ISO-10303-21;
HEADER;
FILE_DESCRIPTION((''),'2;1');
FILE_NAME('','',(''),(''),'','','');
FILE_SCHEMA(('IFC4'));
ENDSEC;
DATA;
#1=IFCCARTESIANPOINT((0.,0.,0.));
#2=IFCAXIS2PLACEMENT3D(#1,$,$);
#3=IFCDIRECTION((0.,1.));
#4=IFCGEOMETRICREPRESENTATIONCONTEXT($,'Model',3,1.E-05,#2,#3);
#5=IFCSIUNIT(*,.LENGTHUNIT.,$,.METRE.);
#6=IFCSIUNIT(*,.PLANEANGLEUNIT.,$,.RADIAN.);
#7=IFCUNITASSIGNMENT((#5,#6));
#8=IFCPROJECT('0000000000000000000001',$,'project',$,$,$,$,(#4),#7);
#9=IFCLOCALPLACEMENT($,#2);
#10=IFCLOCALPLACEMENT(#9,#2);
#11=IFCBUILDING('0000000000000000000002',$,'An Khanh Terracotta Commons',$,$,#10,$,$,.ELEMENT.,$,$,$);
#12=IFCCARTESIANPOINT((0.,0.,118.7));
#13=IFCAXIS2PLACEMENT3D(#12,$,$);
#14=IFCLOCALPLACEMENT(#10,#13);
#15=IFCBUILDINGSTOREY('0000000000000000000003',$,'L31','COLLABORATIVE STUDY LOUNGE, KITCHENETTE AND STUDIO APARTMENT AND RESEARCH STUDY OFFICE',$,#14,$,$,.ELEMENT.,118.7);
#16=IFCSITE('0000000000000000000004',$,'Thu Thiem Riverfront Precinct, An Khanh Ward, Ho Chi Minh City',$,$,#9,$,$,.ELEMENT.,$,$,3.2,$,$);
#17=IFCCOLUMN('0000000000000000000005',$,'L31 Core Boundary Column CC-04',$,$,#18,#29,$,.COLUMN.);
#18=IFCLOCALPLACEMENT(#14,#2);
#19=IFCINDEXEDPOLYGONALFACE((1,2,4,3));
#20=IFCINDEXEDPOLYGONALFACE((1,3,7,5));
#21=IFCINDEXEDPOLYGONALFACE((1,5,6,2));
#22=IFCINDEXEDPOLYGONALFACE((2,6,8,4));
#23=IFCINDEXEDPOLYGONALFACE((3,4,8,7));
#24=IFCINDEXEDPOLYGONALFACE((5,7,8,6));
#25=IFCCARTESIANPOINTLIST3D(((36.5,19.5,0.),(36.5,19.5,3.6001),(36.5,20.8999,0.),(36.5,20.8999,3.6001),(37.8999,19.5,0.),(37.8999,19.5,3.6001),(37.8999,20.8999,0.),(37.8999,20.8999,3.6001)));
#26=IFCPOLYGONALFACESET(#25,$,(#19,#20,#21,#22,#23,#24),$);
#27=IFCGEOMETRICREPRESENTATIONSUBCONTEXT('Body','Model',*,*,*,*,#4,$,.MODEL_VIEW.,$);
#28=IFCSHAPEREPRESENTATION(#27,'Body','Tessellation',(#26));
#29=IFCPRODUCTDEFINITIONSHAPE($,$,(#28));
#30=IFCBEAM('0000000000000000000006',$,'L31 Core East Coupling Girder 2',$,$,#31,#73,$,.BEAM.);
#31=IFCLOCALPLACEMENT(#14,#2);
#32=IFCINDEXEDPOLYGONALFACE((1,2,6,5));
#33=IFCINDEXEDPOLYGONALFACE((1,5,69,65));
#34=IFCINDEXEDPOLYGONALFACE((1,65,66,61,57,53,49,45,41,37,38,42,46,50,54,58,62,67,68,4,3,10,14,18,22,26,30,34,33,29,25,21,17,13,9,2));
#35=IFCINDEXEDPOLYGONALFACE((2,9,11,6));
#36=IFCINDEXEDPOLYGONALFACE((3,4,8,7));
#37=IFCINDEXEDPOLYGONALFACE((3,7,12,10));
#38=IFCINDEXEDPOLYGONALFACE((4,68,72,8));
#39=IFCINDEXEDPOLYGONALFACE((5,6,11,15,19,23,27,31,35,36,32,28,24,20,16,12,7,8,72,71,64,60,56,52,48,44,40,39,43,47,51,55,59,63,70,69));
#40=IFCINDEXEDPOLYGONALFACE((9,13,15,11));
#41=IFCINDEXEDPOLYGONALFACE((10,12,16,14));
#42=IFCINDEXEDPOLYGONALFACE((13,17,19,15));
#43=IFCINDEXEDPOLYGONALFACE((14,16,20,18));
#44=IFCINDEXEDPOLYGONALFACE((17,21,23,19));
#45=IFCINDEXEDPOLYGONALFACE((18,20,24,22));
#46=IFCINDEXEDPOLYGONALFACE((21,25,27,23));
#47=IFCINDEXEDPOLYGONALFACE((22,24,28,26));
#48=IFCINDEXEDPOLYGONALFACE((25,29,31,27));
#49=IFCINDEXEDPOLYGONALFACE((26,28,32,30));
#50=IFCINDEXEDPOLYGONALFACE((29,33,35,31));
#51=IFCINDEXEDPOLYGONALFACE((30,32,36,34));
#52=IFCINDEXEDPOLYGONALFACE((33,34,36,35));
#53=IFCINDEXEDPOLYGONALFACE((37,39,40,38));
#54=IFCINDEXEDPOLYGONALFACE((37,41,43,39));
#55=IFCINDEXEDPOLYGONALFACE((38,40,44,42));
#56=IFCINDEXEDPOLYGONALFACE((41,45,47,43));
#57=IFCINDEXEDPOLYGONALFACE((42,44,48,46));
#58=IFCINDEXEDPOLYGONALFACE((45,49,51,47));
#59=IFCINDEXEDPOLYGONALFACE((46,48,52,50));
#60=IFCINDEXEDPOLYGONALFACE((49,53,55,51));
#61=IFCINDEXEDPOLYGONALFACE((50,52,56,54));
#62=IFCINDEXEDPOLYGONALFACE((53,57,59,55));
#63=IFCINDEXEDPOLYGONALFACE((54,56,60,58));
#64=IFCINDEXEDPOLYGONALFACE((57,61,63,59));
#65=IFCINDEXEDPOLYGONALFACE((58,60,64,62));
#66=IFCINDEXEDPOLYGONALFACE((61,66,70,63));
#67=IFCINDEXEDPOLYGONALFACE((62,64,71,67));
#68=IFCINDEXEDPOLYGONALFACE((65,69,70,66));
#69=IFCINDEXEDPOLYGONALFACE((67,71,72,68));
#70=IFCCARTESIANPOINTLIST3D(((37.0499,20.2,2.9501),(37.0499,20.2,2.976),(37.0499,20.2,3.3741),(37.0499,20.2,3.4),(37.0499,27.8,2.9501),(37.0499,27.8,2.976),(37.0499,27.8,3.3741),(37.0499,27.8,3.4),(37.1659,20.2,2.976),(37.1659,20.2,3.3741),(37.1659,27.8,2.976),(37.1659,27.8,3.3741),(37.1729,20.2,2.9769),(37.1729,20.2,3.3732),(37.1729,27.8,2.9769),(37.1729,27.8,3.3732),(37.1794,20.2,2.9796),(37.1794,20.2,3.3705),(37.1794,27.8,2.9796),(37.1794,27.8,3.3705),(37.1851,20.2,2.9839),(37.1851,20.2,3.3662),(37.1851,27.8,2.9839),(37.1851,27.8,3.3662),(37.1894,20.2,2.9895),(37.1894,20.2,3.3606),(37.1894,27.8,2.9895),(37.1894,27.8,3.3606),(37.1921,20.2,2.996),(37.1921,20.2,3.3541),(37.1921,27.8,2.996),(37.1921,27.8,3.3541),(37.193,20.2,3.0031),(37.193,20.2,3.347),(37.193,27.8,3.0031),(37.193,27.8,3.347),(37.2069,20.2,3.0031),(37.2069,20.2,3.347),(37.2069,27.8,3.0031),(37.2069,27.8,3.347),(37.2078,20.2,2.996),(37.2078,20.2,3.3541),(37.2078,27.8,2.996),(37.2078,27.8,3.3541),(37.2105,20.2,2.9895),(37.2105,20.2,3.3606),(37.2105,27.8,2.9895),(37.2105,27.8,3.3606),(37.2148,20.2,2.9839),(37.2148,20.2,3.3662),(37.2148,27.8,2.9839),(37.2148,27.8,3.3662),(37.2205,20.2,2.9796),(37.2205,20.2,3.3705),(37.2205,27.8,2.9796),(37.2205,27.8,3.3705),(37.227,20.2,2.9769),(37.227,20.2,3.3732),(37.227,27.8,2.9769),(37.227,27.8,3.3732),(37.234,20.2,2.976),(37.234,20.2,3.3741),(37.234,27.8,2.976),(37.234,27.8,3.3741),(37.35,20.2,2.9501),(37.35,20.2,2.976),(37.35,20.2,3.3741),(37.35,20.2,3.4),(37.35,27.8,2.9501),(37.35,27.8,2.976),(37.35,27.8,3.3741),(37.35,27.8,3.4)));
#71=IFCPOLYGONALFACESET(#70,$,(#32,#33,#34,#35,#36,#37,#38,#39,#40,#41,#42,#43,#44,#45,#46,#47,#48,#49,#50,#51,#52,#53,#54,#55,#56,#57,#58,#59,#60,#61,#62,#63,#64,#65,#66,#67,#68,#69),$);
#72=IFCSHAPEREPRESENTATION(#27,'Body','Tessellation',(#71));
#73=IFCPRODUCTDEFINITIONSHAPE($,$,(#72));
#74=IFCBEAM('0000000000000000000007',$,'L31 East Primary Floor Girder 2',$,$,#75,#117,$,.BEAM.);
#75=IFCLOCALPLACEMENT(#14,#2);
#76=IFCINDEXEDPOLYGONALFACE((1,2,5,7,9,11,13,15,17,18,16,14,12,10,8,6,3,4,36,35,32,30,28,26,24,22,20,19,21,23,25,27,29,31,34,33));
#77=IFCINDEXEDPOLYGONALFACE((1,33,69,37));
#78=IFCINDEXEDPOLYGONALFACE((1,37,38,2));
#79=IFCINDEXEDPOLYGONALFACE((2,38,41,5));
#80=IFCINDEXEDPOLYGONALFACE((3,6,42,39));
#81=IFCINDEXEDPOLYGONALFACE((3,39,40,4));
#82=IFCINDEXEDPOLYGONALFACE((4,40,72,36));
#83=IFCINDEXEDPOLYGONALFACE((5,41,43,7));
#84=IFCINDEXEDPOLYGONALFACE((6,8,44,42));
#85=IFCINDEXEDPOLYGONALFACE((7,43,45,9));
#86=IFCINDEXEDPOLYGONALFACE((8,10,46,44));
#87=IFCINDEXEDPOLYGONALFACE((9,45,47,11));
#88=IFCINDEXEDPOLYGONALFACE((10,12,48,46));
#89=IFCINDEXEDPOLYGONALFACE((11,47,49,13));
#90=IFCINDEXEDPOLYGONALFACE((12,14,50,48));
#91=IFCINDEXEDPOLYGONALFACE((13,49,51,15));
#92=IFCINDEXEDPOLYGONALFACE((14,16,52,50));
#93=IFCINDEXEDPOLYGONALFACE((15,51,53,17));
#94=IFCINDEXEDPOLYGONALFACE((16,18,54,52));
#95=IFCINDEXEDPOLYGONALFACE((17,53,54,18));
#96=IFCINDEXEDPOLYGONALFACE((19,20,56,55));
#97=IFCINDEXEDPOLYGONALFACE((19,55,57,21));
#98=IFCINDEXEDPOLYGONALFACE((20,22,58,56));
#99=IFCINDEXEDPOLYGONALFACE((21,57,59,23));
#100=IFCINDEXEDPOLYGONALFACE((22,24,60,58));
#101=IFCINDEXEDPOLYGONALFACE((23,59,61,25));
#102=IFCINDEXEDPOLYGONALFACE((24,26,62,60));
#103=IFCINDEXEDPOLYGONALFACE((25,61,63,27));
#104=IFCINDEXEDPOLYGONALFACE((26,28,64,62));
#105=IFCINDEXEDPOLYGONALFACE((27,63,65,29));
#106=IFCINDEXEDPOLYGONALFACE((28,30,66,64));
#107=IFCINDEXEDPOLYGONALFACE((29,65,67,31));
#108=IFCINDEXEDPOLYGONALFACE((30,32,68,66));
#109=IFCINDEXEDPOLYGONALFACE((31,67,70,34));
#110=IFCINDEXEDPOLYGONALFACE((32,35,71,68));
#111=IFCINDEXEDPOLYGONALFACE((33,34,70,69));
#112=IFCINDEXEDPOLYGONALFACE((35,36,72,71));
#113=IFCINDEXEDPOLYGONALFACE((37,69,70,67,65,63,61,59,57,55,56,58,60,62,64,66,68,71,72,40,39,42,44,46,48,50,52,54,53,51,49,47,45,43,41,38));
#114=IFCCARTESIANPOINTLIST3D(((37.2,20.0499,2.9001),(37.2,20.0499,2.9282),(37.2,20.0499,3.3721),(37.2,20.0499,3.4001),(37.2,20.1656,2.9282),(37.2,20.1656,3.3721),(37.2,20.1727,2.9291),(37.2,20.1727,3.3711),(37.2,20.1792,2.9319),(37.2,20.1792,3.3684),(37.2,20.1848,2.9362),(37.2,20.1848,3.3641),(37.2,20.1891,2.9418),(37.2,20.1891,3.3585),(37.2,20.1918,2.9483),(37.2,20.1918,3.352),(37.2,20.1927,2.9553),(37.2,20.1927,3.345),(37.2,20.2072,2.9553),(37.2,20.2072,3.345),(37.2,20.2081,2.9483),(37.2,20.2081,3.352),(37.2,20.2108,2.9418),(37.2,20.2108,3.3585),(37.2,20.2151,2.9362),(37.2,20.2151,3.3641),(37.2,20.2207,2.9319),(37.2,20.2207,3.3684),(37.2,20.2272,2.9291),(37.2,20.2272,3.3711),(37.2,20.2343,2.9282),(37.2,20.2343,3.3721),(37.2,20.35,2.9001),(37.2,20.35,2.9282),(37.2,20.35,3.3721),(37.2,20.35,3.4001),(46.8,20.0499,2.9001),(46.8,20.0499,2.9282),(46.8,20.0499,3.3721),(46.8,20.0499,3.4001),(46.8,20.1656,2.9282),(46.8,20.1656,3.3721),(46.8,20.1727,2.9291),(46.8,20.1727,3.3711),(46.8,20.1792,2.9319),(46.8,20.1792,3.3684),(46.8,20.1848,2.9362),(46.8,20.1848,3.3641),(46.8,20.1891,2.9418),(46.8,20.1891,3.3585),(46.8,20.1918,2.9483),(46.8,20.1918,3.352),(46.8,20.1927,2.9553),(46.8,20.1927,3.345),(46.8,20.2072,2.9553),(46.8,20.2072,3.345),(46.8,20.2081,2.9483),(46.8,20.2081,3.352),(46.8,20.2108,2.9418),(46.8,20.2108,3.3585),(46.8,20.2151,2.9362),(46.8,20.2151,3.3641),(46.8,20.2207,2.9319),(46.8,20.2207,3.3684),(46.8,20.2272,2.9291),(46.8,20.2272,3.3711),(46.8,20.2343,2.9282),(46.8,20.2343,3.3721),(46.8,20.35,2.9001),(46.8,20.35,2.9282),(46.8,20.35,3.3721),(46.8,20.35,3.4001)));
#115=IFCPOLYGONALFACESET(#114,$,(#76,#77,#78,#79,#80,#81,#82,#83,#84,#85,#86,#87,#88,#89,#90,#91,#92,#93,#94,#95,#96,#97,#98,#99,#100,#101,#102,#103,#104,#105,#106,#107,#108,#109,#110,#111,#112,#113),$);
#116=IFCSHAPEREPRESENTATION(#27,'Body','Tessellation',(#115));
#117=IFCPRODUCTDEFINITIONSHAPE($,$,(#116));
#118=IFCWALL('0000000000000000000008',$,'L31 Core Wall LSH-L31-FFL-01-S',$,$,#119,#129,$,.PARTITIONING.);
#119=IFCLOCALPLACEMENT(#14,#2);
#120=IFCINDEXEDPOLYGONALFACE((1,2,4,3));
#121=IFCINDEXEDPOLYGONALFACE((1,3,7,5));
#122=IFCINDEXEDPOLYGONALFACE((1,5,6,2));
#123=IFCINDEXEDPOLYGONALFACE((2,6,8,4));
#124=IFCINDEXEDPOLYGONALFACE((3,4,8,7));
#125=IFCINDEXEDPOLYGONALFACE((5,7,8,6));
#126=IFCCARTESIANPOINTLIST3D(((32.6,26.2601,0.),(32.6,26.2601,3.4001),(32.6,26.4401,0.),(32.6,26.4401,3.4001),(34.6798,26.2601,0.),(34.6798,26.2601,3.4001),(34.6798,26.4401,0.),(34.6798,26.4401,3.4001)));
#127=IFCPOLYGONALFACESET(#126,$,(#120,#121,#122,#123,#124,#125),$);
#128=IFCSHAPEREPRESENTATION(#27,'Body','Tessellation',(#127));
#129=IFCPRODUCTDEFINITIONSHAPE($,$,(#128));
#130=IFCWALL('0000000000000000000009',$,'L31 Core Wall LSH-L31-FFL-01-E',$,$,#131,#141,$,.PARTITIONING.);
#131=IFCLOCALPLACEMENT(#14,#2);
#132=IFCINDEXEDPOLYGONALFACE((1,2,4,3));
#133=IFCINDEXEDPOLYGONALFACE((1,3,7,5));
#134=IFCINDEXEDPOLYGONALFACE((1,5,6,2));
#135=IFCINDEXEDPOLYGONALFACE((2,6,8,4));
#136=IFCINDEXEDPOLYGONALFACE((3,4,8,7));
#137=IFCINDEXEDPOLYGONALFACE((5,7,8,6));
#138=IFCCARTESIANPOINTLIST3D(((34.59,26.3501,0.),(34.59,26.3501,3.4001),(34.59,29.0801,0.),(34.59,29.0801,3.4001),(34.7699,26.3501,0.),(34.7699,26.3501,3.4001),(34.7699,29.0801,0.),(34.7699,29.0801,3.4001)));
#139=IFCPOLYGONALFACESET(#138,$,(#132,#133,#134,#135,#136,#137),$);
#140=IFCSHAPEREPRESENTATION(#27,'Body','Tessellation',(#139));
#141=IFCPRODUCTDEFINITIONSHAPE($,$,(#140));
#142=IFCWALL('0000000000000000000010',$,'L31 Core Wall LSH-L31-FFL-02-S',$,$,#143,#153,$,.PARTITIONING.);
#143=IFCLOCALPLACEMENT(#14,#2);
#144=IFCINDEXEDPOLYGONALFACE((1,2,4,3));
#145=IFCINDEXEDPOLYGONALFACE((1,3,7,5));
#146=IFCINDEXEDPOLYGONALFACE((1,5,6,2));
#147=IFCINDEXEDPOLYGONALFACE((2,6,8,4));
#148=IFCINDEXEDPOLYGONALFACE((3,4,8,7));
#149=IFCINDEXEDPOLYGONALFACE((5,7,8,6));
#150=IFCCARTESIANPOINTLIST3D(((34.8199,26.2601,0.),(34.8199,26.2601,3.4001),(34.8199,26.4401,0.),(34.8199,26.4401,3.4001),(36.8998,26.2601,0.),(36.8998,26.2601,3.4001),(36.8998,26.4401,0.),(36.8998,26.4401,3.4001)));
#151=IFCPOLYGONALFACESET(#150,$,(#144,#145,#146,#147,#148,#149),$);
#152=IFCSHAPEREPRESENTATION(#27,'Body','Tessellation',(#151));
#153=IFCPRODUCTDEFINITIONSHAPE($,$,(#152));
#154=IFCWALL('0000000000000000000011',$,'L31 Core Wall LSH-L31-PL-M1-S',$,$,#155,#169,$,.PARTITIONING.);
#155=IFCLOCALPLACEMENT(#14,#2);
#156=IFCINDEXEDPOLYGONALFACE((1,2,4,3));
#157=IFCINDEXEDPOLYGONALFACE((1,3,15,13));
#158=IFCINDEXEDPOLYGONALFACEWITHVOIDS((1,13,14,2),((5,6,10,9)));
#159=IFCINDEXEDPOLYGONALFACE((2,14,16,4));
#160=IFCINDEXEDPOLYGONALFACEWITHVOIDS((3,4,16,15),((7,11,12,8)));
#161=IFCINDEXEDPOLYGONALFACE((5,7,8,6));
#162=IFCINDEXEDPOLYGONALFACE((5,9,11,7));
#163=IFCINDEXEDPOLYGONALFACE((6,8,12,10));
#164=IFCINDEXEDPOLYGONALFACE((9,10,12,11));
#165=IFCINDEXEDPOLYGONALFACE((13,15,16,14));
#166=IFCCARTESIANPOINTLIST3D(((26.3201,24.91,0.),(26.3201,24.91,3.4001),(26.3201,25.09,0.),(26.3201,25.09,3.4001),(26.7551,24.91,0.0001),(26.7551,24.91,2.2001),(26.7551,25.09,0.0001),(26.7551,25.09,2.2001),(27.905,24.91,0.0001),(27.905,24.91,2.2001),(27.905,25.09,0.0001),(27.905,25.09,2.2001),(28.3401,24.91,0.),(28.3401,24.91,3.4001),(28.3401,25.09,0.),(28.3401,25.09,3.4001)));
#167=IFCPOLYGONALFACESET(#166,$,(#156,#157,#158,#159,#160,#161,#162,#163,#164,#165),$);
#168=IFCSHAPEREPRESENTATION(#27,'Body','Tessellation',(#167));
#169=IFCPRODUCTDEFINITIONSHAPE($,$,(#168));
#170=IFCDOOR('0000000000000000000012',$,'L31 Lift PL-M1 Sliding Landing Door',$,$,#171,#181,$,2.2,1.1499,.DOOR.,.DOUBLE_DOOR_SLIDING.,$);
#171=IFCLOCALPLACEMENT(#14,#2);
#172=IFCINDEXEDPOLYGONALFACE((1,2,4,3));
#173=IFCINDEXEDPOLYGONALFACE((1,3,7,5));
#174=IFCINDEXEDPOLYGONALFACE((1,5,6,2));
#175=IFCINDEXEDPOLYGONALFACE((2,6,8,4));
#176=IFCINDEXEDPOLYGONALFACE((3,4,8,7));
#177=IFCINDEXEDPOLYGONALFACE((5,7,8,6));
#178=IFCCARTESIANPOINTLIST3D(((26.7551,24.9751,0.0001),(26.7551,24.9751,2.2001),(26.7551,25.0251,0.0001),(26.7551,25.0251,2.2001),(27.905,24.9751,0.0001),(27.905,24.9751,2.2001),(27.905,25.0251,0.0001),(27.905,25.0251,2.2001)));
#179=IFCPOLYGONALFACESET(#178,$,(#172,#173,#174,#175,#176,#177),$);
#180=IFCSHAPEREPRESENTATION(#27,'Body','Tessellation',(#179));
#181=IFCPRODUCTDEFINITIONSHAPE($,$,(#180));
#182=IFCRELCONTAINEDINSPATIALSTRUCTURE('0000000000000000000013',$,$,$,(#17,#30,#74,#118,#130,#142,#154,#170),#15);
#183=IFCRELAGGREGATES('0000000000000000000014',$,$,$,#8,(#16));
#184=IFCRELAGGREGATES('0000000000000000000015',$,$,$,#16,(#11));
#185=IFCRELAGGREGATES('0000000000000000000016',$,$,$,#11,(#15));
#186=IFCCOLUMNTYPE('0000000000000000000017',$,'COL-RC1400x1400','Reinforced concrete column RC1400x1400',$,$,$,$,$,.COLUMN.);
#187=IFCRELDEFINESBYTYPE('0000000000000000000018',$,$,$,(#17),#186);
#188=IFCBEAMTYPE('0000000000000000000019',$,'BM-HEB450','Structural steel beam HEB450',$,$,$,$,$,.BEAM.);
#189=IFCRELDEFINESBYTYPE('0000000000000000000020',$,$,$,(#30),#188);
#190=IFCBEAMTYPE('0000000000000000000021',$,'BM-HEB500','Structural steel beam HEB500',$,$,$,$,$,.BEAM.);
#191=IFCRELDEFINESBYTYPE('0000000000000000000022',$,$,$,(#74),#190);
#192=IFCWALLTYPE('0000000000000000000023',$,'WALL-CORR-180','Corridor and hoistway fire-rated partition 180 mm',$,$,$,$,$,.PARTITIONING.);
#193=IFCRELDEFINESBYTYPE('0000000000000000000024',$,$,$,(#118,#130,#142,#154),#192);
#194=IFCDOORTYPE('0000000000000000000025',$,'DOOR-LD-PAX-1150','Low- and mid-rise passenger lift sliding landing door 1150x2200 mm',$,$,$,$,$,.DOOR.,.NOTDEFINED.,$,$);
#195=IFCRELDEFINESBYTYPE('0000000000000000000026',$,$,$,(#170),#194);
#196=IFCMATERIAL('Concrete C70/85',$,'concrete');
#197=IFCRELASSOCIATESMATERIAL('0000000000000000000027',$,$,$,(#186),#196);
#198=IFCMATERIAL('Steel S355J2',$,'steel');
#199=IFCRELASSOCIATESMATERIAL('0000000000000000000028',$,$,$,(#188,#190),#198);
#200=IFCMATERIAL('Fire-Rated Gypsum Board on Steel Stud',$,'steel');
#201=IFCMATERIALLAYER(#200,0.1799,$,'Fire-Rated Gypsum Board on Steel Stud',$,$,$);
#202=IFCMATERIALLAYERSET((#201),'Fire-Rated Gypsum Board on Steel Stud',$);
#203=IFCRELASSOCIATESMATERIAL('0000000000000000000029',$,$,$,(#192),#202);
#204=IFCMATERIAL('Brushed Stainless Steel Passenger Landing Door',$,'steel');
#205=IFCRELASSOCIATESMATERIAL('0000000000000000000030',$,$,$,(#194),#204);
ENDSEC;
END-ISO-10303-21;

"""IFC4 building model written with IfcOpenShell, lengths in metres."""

from ifc_helpers import new_model, si_unit, direction, frame, frame_2d, origin, origin_2d, place, context, subcontext, project, spatial, rectangle, i_section, extrude, material, layer, layer_set, material_profile, profile_set, type_object, element, fill, save


model = new_model("IFC4")

# Units and contexts
model_context = context("Model", 3, precision=1e-05, world=origin(), true_north=direction((0.0, 1.0)))
body_context = subcontext(model_context, "Body", "Model", "MODEL_VIEW")
ifc_project = project(units=[si_unit("LENGTHUNIT", "METRE"), si_unit("PLANEANGLEUNIT", "RADIAN")], contexts=[model_context])

# Site, building, storey
site_placement = place(None, origin())
site = spatial("IfcSite", under=ifc_project, at=site_placement, Name="Thu Thiem Riverfront Precinct, An Khanh Ward, Ho Chi Minh City", CompositionType="ELEMENT", RefElevation=3.2)
building_placement = place(site_placement, origin())
building = spatial("IfcBuilding", under=site, at=building_placement, Name="An Khanh Terracotta Commons", CompositionType="ELEMENT")
storey_placement = place(building_placement, frame((0.0, 0.0, 118.7)))
storey = spatial("IfcBuildingStorey", under=building, at=storey_placement, Name="L31", Description="COLLABORATIVE STUDY LOUNGE, KITCHENETTE AND STUDIO APARTMENT AND RESEARCH STUDY OFFICE", CompositionType="ELEMENT", Elevation=118.7)

# Column
ifc_material_1 = material(Name="Concrete C70/85", Category="concrete")
ifc_material_profile_1 = material_profile(ifc_material_1, rectangle(XDim=1.3999, YDim=1.3999, at=origin_2d()), Name="RC1400x1400")
ifc_profile_set_1 = profile_set([ifc_material_profile_1], Name="Concrete C70/85")
column_type = type_object("IfcColumnType", Name="COL-RC1400x1400", Description="Reinforced concrete column RC1400x1400", PredefinedType="COLUMN", material=ifc_profile_set_1)
column_placement = place(storey_placement, frame((37.2, 20.2, 0.0), z_axis=(0.0, 0.0, 1.0), x_axis=(1.0, 0.0, 0.0)))
element("IfcColumn", 1, at=column_placement, inside=storey, type_object=column_type, Name="L31 Core Boundary Column CC-04", PredefinedType="COLUMN", context=body_context, shape_type="SweptSolid", body=[
    extrude(rectangle(XDim=1.3999, YDim=1.3999, at=origin_2d()), origin(), (0.0, 0.0, 1.0), 3.6001),
])

# Beams
ifc_material_2 = material(Name="Steel S355J2", Category="steel")
ifc_material_profile_2 = material_profile(ifc_material_2, i_section(OverallWidth=0.3, OverallDepth=0.45, WebThickness=0.0139, FlangeThickness=0.0259, FilletRadius=0.0271, at=origin_2d()), Name="HEB450")
ifc_profile_set_2 = profile_set([ifc_material_profile_2], Name="Steel S355J2")
beam_type_1 = type_object("IfcBeamType", Name="BM-HEB450", Description="Structural steel beam HEB450", PredefinedType="BEAM", material=ifc_profile_set_2)
beam_1_placement = place(storey_placement, frame((37.2, 20.2, 3.175), z_axis=(0.0, 1.0, 0.0), x_axis=(-1.0, 0.0, 0.0)))
element("IfcBeam", 2, at=beam_1_placement, inside=storey, type_object=beam_type_1, Name="L31 Core East Coupling Girder 2", PredefinedType="BEAM", context=body_context, shape_type="SweptSolid", body=[
    extrude(i_section(OverallWidth=0.3, OverallDepth=0.45, WebThickness=0.0139, FlangeThickness=0.0259, FilletRadius=0.0271, at=origin_2d()), origin(), (0.0, 0.0, 1.0), 7.6001),
])
ifc_material_profile_3 = material_profile(ifc_material_2, i_section(OverallWidth=0.3, OverallDepth=0.5, WebThickness=0.0144, FlangeThickness=0.0281, FilletRadius=0.0271, at=origin_2d()), Name="HEB500")
ifc_profile_set_3 = profile_set([ifc_material_profile_3], Name="Steel S355J2")
beam_type_2 = type_object("IfcBeamType", Name="BM-HEB500", Description="Structural steel beam HEB500", PredefinedType="BEAM", material=ifc_profile_set_3)
beam_2_placement = place(storey_placement, frame((37.2, 20.2, 3.1501), z_axis=(1.0, 0.0, 0.0), x_axis=(0.0, 1.0, 0.0)))
element("IfcBeam", 3, at=beam_2_placement, inside=storey, type_object=beam_type_2, Name="L31 East Primary Floor Girder 2", PredefinedType="BEAM", context=body_context, shape_type="SweptSolid", body=[
    extrude(i_section(OverallWidth=0.3, OverallDepth=0.5, WebThickness=0.0144, FlangeThickness=0.0281, FilletRadius=0.0271, at=origin_2d()), origin(), (0.0, 0.0, 1.0), 9.6001),
])

# Walls
ifc_material_3 = material(Name="Fire-Rated Gypsum Board on Steel Stud", Category="steel")
ifc_layer = layer(ifc_material_3, 0.1799, Name="Fire-Rated Gypsum Board on Steel Stud")
ifc_layer_set = layer_set([ifc_layer], Name="Fire-Rated Gypsum Board on Steel Stud")
wall_type = type_object("IfcWallType", Name="WALL-CORR-180", Description="Corridor and hoistway fire-rated partition 180 mm", PredefinedType="PARTITIONING", material=ifc_layer_set)
wall_1_placement = place(storey_placement, frame((34.6799, 26.3501, 0.0), z_axis=(0.0, 0.0, 1.0), x_axis=(-1.0, 0.0, 0.0)))
element("IfcWall", 4, at=wall_1_placement, inside=storey, type_object=wall_type, Name="L31 Core Wall LSH-L31-FFL-01-S", PredefinedType="PARTITIONING", context=body_context, shape_type="SweptSolid", body=[
    extrude(rectangle(XDim=2.0798, YDim=0.1799, at=frame_2d((1.04, 0.0))), origin(), (0.0, 0.0, 1.0), 3.4001),
])
wall_2_placement = place(storey_placement, frame((34.6799, 26.3501, 0.0), z_axis=(0.0, 0.0, 1.0), x_axis=(0.0, 1.0, 0.0)))
element("IfcWall", 5, at=wall_2_placement, inside=storey, type_object=wall_type, Name="L31 Core Wall LSH-L31-FFL-01-E", PredefinedType="PARTITIONING", context=body_context, shape_type="SweptSolid", body=[
    extrude(rectangle(XDim=2.73, YDim=0.1799, at=frame_2d((1.365, 0.0))), origin(), (0.0, 0.0, 1.0), 3.4001),
])
wall_3_placement = place(storey_placement, frame((36.8999, 26.3501, 0.0), z_axis=(0.0, 0.0, 1.0), x_axis=(-1.0, 0.0, 0.0)))
element("IfcWall", 6, at=wall_3_placement, inside=storey, type_object=wall_type, Name="L31 Core Wall LSH-L31-FFL-02-S", PredefinedType="PARTITIONING", context=body_context, shape_type="SweptSolid", body=[
    extrude(rectangle(XDim=2.0798, YDim=0.1799, at=frame_2d((1.04, 0.0))), origin(), (0.0, 0.0, 1.0), 3.4001),
])

# Wall, opening, door
wall_4_placement = place(storey_placement, frame((28.3401, 25.0, 0.0), z_axis=(0.0, 0.0, 1.0), x_axis=(-1.0, 0.0, 0.0)))
wall_4 = element("IfcWall", 7, at=wall_4_placement, inside=storey, type_object=wall_type, Name="L31 Core Wall LSH-L31-PL-M1-S", PredefinedType="PARTITIONING", context=body_context, shape_type="SweptSolid", body=[
    extrude(rectangle(XDim=2.02, YDim=0.1799, at=frame_2d((1.01, 0.0))), origin(), (0.0, 0.0, 1.0), 3.4001),
])
opening_1_placement = place(wall_4_placement, frame((0.4351, 0.0, 0.0)))
opening_1 = element("IfcOpeningElement", 8, at=opening_1_placement, cuts=wall_4, PredefinedType="OPENING", context=body_context, shape_type="SweptSolid", body=[
    extrude(rectangle(XDim=1.1499, YDim=2.2, at=frame_2d((0.575, 1.1001))), frame((0.0, 0.0999, 0.0), z_axis=(0.0, -1.0, 0.0), x_axis=(1.0, 0.0, 0.0)), (0.0, 0.0, 1.0), 0.2),
])
ifc_material_4 = material(Name="Brushed Stainless Steel Passenger Landing Door", Category="steel")
door_type = type_object("IfcDoorType", Name="DOOR-LD-PAX-1150", Description="Low- and mid-rise passenger lift sliding landing door 1150x2200 mm", OperationType="NOTDEFINED", PredefinedType="DOOR", material=ifc_material_4)
door_1_placement = place(opening_1_placement, origin())
door_1 = element("IfcDoor", 9, at=door_1_placement, inside=storey, type_object=door_type, Name="L31 Lift PL-M1 Sliding Landing Door", OperationType="DOUBLE_DOOR_SLIDING", OverallHeight=2.2, OverallWidth=1.1499, PredefinedType="DOOR", context=body_context, shape_type="SweptSolid", body=[
    extrude(rectangle(XDim=1.1499, YDim=2.2, at=frame_2d((0.575, 1.1001))), frame((0.0, 0.0249, 0.0), z_axis=(0.0, -1.0, 0.0), x_axis=(1.0, 0.0, 0.0)), (0.0, 0.0, 1.0), 0.05),
])
fill(opening_1, door_1)

save(model, "model.ifc")
